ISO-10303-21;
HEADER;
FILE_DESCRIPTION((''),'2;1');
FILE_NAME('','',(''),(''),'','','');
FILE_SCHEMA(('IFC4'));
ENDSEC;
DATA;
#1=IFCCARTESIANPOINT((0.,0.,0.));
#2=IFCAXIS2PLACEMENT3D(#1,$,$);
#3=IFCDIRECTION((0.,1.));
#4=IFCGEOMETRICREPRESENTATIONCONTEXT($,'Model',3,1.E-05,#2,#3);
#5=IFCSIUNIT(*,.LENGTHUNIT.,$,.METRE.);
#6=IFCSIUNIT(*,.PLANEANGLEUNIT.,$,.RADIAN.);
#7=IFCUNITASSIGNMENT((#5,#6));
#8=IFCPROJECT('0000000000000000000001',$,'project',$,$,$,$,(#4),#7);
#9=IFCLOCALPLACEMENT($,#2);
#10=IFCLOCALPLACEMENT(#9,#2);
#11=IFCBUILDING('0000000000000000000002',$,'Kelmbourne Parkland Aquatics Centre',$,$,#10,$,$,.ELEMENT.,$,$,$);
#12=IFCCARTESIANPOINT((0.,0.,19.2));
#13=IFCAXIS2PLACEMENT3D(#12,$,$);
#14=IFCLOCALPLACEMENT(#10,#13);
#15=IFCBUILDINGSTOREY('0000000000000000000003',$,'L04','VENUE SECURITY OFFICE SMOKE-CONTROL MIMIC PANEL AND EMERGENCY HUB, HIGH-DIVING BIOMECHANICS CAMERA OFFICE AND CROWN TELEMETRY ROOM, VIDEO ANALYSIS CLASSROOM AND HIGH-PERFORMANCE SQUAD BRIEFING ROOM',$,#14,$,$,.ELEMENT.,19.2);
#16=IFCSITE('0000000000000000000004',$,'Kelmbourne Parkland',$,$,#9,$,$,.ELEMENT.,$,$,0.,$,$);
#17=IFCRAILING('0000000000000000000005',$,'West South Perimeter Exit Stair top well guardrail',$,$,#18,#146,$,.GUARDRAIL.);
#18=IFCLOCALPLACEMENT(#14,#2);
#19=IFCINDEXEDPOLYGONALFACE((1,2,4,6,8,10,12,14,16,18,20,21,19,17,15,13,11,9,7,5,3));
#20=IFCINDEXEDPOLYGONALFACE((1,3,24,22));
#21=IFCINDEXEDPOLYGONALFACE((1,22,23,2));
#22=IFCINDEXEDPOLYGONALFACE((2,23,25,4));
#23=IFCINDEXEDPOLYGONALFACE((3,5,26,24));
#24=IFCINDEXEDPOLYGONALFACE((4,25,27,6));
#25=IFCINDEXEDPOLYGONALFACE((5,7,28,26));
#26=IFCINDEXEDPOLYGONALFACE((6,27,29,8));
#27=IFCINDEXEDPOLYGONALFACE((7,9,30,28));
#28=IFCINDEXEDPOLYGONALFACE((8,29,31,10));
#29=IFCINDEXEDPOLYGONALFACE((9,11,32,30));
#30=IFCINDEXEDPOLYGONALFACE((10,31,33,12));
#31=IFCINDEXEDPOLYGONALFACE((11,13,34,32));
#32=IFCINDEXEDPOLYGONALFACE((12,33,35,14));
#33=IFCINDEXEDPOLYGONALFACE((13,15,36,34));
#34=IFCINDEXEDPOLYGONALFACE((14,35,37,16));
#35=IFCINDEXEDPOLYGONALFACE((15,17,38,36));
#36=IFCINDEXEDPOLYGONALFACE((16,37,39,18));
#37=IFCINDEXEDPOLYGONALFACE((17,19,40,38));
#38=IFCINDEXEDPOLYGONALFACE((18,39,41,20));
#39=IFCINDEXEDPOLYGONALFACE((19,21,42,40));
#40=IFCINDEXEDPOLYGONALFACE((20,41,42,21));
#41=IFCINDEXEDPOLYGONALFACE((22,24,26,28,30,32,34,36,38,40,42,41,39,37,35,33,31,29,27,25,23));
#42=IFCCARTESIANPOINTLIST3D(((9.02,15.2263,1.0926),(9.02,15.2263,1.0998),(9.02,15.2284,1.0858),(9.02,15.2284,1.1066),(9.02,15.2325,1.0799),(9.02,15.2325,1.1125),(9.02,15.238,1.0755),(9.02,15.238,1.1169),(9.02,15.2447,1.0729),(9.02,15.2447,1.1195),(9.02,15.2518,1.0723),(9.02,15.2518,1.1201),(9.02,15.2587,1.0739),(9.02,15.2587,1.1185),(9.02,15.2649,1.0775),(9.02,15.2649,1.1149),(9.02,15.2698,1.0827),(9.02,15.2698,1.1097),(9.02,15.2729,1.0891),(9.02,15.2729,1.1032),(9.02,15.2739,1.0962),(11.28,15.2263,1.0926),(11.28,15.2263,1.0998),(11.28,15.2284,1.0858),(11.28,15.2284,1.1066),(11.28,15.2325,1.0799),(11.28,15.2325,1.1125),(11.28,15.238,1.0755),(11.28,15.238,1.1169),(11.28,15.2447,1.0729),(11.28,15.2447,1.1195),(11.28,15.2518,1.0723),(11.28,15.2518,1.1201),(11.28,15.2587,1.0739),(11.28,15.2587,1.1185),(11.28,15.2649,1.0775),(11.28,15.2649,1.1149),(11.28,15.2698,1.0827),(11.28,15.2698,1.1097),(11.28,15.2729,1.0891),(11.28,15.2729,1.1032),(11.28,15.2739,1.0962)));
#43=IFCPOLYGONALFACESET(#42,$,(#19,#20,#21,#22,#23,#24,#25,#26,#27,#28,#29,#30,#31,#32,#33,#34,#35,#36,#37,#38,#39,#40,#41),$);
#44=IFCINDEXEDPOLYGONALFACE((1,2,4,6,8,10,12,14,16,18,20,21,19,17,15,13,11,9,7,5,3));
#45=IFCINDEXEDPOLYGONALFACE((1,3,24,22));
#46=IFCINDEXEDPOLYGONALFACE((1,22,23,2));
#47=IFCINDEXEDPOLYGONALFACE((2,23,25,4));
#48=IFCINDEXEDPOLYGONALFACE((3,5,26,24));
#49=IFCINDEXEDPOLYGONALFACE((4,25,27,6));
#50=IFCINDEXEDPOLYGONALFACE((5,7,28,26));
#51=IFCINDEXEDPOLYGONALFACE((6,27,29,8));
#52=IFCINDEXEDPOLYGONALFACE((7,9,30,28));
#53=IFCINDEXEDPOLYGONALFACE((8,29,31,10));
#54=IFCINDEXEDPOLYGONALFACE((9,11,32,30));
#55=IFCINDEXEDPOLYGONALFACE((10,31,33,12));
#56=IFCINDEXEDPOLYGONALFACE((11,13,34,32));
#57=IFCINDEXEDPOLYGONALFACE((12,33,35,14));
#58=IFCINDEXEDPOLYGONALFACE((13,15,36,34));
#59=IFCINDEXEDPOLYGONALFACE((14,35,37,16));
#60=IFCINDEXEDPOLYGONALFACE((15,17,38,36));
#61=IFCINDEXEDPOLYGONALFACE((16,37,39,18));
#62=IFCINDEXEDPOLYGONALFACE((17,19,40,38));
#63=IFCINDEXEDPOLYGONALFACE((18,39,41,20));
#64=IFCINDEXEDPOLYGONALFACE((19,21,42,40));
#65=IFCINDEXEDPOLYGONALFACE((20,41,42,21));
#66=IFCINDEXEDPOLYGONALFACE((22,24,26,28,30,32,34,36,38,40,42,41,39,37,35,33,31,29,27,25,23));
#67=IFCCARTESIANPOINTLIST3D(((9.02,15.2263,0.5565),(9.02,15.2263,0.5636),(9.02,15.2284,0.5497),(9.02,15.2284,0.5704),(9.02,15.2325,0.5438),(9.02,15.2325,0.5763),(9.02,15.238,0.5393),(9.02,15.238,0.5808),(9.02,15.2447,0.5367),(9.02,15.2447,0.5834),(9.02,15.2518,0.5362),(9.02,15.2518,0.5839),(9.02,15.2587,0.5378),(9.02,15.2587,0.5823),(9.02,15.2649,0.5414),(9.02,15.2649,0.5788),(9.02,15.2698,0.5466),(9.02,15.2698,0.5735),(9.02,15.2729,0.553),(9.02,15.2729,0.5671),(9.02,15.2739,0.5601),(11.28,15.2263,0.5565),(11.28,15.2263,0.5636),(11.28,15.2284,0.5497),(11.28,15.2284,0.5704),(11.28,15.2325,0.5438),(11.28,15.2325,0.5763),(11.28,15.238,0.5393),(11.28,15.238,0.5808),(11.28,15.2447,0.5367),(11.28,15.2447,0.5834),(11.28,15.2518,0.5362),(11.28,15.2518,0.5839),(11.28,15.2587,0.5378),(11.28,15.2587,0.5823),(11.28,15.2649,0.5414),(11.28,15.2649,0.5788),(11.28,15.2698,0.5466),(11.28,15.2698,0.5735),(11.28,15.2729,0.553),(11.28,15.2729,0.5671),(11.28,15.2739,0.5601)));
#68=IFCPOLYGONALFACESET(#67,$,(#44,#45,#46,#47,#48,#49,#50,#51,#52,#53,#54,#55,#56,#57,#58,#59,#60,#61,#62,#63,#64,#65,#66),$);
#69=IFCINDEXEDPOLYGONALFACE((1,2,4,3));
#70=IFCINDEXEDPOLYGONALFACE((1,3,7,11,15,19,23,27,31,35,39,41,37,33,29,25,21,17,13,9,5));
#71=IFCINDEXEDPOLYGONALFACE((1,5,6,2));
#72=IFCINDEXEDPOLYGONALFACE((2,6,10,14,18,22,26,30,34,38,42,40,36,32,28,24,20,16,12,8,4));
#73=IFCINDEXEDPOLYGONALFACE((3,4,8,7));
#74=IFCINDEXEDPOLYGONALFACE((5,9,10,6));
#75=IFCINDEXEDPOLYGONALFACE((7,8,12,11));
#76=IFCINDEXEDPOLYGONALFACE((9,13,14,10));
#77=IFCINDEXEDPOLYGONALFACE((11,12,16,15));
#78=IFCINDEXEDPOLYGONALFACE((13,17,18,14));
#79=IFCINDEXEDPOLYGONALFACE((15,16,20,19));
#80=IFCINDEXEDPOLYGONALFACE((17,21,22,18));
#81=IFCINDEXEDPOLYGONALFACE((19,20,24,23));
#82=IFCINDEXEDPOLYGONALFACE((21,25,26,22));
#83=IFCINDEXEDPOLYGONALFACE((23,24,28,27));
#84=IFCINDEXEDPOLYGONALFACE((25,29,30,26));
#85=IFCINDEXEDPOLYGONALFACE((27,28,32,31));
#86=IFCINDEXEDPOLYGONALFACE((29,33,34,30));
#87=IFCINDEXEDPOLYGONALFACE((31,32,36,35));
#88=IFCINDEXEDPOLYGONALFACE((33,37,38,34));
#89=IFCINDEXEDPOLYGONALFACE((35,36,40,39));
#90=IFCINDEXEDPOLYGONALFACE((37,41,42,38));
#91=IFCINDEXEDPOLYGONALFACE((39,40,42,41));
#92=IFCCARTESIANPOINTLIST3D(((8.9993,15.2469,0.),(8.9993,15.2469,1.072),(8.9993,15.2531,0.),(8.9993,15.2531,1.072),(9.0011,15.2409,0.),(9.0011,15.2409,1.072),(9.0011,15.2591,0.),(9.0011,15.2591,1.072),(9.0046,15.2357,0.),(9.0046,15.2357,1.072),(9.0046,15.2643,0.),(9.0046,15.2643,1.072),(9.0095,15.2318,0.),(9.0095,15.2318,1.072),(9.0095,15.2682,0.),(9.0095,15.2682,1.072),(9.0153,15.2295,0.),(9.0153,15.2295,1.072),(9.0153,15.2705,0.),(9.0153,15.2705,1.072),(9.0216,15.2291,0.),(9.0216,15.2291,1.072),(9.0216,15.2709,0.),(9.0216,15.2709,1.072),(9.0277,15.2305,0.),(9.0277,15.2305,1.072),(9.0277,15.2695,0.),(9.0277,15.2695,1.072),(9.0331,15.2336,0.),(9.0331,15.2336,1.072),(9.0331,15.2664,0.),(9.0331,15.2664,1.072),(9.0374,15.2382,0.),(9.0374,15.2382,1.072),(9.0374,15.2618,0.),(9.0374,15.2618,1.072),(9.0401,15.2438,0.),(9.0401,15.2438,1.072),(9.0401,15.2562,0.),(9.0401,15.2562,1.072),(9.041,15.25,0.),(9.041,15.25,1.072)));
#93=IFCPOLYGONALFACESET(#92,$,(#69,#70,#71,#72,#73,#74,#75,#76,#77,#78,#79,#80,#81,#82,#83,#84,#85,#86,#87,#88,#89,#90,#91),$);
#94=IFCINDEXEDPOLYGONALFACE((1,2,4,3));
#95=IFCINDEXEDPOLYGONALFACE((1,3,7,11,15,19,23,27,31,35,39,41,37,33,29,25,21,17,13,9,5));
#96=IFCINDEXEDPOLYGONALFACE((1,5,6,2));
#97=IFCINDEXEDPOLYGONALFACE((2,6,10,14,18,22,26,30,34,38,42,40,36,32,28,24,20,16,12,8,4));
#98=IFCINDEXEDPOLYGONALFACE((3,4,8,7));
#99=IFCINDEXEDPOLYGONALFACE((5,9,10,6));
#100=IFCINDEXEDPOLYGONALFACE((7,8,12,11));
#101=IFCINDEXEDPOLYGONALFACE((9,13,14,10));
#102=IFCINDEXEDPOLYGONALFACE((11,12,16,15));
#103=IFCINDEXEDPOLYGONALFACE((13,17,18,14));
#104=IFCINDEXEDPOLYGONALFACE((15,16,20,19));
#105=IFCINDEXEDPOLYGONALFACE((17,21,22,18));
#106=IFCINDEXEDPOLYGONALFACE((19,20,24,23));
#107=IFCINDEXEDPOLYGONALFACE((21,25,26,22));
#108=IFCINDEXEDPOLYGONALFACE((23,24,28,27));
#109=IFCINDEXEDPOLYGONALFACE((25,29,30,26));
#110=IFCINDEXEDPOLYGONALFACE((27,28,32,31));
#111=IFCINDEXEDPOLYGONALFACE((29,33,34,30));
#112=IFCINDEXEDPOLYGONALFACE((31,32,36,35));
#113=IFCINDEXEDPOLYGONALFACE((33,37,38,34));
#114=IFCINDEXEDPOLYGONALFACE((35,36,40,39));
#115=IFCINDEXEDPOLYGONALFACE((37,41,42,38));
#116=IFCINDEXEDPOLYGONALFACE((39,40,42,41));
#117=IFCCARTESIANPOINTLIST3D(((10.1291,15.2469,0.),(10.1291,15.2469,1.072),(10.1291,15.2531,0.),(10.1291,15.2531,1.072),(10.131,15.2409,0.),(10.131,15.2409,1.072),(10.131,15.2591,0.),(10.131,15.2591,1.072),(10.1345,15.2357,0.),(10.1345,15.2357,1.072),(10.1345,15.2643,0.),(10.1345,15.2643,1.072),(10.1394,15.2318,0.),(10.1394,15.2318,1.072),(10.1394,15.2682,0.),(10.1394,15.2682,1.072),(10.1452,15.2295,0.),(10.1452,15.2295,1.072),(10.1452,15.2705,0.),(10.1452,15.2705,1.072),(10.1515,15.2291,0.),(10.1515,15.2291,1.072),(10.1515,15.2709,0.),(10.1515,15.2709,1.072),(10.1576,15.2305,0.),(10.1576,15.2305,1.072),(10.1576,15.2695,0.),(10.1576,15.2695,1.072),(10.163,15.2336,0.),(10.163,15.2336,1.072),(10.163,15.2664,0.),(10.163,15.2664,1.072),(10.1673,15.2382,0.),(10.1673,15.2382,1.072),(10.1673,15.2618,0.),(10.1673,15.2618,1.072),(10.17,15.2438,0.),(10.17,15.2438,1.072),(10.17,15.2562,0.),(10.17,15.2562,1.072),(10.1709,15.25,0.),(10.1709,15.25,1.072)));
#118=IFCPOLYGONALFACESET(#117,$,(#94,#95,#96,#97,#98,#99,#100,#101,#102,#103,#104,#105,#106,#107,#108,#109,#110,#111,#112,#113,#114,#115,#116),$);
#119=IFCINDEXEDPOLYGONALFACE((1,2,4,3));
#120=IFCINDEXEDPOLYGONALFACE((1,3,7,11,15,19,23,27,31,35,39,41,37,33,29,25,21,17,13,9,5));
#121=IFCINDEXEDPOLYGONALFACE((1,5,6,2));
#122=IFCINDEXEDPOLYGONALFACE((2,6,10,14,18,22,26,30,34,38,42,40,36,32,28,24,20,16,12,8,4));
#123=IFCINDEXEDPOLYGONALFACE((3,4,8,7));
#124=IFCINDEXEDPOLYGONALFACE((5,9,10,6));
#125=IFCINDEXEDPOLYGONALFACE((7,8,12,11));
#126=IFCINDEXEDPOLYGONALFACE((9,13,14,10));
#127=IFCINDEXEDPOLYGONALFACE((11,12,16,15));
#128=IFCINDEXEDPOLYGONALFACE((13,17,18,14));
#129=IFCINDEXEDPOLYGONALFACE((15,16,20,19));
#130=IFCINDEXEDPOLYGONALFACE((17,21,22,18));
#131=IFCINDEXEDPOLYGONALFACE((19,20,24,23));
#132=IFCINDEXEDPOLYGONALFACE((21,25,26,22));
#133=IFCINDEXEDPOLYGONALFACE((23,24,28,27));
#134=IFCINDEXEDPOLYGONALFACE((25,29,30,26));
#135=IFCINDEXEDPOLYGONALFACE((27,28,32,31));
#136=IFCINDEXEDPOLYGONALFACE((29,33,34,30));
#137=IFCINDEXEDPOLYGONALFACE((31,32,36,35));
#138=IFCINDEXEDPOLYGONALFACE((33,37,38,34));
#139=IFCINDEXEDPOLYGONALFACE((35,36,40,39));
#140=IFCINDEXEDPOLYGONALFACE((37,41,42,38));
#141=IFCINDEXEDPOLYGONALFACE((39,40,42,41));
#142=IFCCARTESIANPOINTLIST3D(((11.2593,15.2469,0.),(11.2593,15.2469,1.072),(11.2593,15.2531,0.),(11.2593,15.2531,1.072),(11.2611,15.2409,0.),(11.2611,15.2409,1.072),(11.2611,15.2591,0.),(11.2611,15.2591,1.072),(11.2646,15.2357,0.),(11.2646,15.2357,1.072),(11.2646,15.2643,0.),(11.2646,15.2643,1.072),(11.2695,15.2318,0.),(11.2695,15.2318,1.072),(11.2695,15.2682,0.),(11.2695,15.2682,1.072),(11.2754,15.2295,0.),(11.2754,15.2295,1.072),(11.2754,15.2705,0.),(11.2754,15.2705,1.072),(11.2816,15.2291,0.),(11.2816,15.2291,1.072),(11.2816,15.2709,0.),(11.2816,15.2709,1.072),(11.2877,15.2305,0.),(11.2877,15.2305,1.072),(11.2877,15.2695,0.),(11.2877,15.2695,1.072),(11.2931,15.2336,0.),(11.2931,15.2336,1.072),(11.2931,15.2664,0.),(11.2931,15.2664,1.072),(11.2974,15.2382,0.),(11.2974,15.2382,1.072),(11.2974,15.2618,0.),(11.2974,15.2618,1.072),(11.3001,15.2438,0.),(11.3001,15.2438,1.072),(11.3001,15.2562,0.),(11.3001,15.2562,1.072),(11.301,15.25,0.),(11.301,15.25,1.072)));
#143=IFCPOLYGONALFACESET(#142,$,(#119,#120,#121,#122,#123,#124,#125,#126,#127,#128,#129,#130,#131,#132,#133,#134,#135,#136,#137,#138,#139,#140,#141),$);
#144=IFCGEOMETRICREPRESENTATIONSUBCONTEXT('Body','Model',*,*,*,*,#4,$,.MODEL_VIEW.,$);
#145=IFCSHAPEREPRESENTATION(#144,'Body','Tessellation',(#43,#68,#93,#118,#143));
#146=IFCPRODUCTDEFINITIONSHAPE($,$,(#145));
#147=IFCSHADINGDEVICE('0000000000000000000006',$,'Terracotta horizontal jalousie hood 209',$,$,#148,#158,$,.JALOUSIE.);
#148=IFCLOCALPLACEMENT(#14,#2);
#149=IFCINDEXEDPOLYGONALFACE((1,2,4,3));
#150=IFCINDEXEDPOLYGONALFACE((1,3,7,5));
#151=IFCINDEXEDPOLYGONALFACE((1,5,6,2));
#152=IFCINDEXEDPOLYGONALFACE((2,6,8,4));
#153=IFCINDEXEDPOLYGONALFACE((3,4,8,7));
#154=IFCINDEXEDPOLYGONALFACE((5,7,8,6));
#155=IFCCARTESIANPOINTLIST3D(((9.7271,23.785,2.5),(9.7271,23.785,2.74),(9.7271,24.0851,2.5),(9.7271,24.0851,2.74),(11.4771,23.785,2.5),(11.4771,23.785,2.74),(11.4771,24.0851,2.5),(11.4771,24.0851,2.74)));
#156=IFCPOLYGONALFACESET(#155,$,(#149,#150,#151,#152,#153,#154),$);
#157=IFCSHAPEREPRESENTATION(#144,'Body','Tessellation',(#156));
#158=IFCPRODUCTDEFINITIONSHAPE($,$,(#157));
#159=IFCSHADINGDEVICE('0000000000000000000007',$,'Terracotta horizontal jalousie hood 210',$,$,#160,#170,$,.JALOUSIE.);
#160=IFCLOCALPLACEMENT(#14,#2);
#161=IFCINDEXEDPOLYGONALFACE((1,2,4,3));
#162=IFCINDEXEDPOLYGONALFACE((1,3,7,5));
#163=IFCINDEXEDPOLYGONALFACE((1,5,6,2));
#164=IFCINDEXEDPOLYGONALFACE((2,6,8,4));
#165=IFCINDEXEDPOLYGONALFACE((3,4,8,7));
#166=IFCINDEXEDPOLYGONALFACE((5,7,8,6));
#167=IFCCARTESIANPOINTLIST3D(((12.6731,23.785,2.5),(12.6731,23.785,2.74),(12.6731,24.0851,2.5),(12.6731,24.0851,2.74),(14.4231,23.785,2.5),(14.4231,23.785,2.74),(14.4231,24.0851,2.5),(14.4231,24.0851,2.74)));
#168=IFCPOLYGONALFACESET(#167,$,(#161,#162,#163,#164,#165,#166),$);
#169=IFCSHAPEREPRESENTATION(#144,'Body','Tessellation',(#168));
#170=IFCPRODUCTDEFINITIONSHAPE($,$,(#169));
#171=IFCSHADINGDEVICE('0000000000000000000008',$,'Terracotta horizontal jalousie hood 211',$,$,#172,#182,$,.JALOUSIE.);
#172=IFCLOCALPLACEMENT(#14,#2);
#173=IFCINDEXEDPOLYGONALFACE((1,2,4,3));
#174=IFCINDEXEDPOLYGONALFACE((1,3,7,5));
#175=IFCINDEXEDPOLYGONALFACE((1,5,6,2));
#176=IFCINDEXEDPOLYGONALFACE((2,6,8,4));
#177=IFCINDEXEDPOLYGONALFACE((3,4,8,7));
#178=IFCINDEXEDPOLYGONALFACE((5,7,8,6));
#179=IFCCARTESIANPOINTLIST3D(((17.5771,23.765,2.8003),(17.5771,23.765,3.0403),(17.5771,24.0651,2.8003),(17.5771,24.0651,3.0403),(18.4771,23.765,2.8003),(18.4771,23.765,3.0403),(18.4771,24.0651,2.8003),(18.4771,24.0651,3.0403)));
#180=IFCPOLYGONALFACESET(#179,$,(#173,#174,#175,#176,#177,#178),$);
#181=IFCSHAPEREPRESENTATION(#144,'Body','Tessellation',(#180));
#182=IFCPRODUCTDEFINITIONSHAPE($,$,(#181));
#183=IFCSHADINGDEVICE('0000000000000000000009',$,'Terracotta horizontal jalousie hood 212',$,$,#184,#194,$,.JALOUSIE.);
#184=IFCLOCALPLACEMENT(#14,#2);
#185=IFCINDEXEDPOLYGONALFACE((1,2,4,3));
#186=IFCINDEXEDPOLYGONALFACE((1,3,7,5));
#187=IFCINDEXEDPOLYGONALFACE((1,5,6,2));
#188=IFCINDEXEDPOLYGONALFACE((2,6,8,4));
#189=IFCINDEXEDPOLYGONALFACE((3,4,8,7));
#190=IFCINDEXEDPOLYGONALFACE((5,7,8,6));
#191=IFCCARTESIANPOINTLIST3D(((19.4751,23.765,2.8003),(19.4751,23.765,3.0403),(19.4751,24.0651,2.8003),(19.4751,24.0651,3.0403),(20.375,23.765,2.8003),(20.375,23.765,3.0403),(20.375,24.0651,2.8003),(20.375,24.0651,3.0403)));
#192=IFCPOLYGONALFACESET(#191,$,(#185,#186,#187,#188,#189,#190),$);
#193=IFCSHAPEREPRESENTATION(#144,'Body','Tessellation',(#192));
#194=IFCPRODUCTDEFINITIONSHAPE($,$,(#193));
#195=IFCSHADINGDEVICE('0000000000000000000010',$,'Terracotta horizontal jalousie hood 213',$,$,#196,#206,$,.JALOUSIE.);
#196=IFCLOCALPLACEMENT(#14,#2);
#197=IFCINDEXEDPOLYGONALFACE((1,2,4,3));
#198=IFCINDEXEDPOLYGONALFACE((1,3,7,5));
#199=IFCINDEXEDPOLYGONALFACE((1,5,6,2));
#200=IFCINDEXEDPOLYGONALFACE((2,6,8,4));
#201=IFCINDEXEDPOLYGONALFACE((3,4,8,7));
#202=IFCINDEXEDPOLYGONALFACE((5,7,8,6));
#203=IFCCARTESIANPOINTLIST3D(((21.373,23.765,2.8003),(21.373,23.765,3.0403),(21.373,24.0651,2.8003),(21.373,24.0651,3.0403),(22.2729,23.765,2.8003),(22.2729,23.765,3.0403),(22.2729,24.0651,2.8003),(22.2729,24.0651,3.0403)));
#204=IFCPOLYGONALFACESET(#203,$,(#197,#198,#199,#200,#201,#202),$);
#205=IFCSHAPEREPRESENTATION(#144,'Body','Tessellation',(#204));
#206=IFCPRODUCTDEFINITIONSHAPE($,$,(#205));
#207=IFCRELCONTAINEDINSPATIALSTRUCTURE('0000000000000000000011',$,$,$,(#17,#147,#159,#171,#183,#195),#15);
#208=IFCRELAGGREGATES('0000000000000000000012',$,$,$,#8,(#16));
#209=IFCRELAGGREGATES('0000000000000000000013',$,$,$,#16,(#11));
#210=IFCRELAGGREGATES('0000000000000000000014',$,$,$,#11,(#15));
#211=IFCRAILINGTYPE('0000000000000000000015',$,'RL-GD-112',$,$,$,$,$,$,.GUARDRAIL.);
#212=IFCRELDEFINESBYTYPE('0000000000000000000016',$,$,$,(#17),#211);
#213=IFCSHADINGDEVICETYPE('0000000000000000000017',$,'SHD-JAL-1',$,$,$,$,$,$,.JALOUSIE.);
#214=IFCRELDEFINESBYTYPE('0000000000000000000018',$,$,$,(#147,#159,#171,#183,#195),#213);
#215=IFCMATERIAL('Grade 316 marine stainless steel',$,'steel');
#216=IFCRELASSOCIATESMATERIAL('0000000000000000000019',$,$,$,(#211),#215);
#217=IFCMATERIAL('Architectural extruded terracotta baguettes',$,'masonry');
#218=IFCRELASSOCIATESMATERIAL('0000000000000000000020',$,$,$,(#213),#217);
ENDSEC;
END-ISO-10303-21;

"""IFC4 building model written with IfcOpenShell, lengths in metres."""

from ifc_helpers import new_model, si_unit, direction, frame, origin, origin_2d, place, context, subcontext, project, spatial, rectangle, circle, extrude, material, type_object, element, save


model = new_model("IFC4")

# Units and contexts
model_context = context("Model", 3, precision=1e-05, world=origin(), true_north=direction((0.0, 1.0)))
body_context = subcontext(model_context, "Body", "Model", "MODEL_VIEW")
ifc_project = project(units=[si_unit("LENGTHUNIT", "METRE"), si_unit("PLANEANGLEUNIT", "RADIAN")], contexts=[model_context])

# Site, building, storey
site_placement = place(None, origin())
site = spatial("IfcSite", under=ifc_project, at=site_placement, Name="Kelmbourne Parkland", CompositionType="ELEMENT", RefElevation=0.0)
building_placement = place(site_placement, origin())
building = spatial("IfcBuilding", under=site, at=building_placement, Name="Kelmbourne Parkland Aquatics Centre", CompositionType="ELEMENT")
storey_placement = place(building_placement, frame((0.0, 0.0, 19.2)))
storey = spatial("IfcBuildingStorey", under=building, at=storey_placement, Name="L04", Description="VENUE SECURITY OFFICE SMOKE-CONTROL MIMIC PANEL AND EMERGENCY HUB, HIGH-DIVING BIOMECHANICS CAMERA OFFICE AND CROWN TELEMETRY ROOM, VIDEO ANALYSIS CLASSROOM AND HIGH-PERFORMANCE SQUAD BRIEFING ROOM", CompositionType="ELEMENT", Elevation=19.2)

# Railing
ifc_material_1 = material(Name="Grade 316 marine stainless steel", Category="steel")
railing_type = type_object("IfcRailingType", Name="RL-GD-112", PredefinedType="GUARDRAIL", material=ifc_material_1)
railing_1_placement = place(storey_placement, frame((9.02, 15.25, 0.0)))
element("IfcRailing", 1, at=railing_1_placement, inside=storey, type_object=railing_type, Name="West South Perimeter Exit Stair top well guardrail", PredefinedType="GUARDRAIL", context=body_context, shape_type="SweptSolid", body=[
    extrude(circle(Radius=0.0239, at=origin_2d()), frame((0.0, 0.0, 1.0962), z_axis=(1.0, 0.0, 0.0), x_axis=(0.0, 1.0, 0.0)), (0.0, 0.0, 1.0), 2.26),
    extrude(circle(Radius=0.0239, at=origin_2d()), frame((0.0, 0.0, 0.5601), z_axis=(1.0, 0.0, 0.0), x_axis=(0.0, 1.0, 0.0)), (0.0, 0.0, 1.0), 2.26),
    extrude(circle(Radius=0.021, at=origin_2d()), origin(), (0.0, 0.0, 1.0), 1.072),
    extrude(circle(Radius=0.021, at=origin_2d()), frame((1.1299, 0.0, 0.0)), (0.0, 0.0, 1.0), 1.072),
    extrude(circle(Radius=0.021, at=origin_2d()), frame((2.26, 0.0, 0.0)), (0.0, 0.0, 1.0), 1.072),
])

# Shading devices
ifc_material_2 = material(Name="Architectural extruded terracotta baguettes", Category="masonry")
shading_device_type = type_object("IfcShadingDeviceType", Name="SHD-JAL-1", PredefinedType="JALOUSIE", material=ifc_material_2)
for number, where, z_axis, x_axis, name in (
    (2, (10.6021, 23.9351, 2.5), (0.0, 0.0, 1.0), (1.0, 0.0, 0.0), "Terracotta horizontal jalousie hood 209"),
    (3, (13.5481, 23.9351, 2.5), (0.0, 0.0, 1.0), (1.0, 0.0, 0.0), "Terracotta horizontal jalousie hood 210"),
):
    element("IfcShadingDevice", number, at=place(storey_placement, frame(where, z_axis=z_axis, x_axis=x_axis)), inside=storey, type_object=shading_device_type, Name=name, PredefinedType="JALOUSIE", context=body_context, shape_type="SweptSolid", body=[
        extrude(rectangle(XDim=1.75, YDim=0.3, at=origin_2d()), origin(), (0.0, 0.0, 1.0), 0.24),
    ])
for number, where, z_axis, x_axis, name in (
    (4, (18.0271, 23.915, 2.8003), (0.0, 0.0, 1.0), (1.0, 0.0, 0.0), "Terracotta horizontal jalousie hood 211"),
    (5, (19.925, 23.915, 2.8003), (0.0, 0.0, 1.0), (1.0, 0.0, 0.0), "Terracotta horizontal jalousie hood 212"),
    (6, (21.823, 23.915, 2.8003), (0.0, 0.0, 1.0), (1.0, 0.0, 0.0), "Terracotta horizontal jalousie hood 213"),
):
    element("IfcShadingDevice", number, at=place(storey_placement, frame(where, z_axis=z_axis, x_axis=x_axis)), inside=storey, type_object=shading_device_type, Name=name, PredefinedType="JALOUSIE", context=body_context, shape_type="SweptSolid", body=[
        extrude(rectangle(XDim=0.8999, YDim=0.3, at=origin_2d()), origin(), (0.0, 0.0, 1.0), 0.24),
    ])

save(model, "model.ifc")
